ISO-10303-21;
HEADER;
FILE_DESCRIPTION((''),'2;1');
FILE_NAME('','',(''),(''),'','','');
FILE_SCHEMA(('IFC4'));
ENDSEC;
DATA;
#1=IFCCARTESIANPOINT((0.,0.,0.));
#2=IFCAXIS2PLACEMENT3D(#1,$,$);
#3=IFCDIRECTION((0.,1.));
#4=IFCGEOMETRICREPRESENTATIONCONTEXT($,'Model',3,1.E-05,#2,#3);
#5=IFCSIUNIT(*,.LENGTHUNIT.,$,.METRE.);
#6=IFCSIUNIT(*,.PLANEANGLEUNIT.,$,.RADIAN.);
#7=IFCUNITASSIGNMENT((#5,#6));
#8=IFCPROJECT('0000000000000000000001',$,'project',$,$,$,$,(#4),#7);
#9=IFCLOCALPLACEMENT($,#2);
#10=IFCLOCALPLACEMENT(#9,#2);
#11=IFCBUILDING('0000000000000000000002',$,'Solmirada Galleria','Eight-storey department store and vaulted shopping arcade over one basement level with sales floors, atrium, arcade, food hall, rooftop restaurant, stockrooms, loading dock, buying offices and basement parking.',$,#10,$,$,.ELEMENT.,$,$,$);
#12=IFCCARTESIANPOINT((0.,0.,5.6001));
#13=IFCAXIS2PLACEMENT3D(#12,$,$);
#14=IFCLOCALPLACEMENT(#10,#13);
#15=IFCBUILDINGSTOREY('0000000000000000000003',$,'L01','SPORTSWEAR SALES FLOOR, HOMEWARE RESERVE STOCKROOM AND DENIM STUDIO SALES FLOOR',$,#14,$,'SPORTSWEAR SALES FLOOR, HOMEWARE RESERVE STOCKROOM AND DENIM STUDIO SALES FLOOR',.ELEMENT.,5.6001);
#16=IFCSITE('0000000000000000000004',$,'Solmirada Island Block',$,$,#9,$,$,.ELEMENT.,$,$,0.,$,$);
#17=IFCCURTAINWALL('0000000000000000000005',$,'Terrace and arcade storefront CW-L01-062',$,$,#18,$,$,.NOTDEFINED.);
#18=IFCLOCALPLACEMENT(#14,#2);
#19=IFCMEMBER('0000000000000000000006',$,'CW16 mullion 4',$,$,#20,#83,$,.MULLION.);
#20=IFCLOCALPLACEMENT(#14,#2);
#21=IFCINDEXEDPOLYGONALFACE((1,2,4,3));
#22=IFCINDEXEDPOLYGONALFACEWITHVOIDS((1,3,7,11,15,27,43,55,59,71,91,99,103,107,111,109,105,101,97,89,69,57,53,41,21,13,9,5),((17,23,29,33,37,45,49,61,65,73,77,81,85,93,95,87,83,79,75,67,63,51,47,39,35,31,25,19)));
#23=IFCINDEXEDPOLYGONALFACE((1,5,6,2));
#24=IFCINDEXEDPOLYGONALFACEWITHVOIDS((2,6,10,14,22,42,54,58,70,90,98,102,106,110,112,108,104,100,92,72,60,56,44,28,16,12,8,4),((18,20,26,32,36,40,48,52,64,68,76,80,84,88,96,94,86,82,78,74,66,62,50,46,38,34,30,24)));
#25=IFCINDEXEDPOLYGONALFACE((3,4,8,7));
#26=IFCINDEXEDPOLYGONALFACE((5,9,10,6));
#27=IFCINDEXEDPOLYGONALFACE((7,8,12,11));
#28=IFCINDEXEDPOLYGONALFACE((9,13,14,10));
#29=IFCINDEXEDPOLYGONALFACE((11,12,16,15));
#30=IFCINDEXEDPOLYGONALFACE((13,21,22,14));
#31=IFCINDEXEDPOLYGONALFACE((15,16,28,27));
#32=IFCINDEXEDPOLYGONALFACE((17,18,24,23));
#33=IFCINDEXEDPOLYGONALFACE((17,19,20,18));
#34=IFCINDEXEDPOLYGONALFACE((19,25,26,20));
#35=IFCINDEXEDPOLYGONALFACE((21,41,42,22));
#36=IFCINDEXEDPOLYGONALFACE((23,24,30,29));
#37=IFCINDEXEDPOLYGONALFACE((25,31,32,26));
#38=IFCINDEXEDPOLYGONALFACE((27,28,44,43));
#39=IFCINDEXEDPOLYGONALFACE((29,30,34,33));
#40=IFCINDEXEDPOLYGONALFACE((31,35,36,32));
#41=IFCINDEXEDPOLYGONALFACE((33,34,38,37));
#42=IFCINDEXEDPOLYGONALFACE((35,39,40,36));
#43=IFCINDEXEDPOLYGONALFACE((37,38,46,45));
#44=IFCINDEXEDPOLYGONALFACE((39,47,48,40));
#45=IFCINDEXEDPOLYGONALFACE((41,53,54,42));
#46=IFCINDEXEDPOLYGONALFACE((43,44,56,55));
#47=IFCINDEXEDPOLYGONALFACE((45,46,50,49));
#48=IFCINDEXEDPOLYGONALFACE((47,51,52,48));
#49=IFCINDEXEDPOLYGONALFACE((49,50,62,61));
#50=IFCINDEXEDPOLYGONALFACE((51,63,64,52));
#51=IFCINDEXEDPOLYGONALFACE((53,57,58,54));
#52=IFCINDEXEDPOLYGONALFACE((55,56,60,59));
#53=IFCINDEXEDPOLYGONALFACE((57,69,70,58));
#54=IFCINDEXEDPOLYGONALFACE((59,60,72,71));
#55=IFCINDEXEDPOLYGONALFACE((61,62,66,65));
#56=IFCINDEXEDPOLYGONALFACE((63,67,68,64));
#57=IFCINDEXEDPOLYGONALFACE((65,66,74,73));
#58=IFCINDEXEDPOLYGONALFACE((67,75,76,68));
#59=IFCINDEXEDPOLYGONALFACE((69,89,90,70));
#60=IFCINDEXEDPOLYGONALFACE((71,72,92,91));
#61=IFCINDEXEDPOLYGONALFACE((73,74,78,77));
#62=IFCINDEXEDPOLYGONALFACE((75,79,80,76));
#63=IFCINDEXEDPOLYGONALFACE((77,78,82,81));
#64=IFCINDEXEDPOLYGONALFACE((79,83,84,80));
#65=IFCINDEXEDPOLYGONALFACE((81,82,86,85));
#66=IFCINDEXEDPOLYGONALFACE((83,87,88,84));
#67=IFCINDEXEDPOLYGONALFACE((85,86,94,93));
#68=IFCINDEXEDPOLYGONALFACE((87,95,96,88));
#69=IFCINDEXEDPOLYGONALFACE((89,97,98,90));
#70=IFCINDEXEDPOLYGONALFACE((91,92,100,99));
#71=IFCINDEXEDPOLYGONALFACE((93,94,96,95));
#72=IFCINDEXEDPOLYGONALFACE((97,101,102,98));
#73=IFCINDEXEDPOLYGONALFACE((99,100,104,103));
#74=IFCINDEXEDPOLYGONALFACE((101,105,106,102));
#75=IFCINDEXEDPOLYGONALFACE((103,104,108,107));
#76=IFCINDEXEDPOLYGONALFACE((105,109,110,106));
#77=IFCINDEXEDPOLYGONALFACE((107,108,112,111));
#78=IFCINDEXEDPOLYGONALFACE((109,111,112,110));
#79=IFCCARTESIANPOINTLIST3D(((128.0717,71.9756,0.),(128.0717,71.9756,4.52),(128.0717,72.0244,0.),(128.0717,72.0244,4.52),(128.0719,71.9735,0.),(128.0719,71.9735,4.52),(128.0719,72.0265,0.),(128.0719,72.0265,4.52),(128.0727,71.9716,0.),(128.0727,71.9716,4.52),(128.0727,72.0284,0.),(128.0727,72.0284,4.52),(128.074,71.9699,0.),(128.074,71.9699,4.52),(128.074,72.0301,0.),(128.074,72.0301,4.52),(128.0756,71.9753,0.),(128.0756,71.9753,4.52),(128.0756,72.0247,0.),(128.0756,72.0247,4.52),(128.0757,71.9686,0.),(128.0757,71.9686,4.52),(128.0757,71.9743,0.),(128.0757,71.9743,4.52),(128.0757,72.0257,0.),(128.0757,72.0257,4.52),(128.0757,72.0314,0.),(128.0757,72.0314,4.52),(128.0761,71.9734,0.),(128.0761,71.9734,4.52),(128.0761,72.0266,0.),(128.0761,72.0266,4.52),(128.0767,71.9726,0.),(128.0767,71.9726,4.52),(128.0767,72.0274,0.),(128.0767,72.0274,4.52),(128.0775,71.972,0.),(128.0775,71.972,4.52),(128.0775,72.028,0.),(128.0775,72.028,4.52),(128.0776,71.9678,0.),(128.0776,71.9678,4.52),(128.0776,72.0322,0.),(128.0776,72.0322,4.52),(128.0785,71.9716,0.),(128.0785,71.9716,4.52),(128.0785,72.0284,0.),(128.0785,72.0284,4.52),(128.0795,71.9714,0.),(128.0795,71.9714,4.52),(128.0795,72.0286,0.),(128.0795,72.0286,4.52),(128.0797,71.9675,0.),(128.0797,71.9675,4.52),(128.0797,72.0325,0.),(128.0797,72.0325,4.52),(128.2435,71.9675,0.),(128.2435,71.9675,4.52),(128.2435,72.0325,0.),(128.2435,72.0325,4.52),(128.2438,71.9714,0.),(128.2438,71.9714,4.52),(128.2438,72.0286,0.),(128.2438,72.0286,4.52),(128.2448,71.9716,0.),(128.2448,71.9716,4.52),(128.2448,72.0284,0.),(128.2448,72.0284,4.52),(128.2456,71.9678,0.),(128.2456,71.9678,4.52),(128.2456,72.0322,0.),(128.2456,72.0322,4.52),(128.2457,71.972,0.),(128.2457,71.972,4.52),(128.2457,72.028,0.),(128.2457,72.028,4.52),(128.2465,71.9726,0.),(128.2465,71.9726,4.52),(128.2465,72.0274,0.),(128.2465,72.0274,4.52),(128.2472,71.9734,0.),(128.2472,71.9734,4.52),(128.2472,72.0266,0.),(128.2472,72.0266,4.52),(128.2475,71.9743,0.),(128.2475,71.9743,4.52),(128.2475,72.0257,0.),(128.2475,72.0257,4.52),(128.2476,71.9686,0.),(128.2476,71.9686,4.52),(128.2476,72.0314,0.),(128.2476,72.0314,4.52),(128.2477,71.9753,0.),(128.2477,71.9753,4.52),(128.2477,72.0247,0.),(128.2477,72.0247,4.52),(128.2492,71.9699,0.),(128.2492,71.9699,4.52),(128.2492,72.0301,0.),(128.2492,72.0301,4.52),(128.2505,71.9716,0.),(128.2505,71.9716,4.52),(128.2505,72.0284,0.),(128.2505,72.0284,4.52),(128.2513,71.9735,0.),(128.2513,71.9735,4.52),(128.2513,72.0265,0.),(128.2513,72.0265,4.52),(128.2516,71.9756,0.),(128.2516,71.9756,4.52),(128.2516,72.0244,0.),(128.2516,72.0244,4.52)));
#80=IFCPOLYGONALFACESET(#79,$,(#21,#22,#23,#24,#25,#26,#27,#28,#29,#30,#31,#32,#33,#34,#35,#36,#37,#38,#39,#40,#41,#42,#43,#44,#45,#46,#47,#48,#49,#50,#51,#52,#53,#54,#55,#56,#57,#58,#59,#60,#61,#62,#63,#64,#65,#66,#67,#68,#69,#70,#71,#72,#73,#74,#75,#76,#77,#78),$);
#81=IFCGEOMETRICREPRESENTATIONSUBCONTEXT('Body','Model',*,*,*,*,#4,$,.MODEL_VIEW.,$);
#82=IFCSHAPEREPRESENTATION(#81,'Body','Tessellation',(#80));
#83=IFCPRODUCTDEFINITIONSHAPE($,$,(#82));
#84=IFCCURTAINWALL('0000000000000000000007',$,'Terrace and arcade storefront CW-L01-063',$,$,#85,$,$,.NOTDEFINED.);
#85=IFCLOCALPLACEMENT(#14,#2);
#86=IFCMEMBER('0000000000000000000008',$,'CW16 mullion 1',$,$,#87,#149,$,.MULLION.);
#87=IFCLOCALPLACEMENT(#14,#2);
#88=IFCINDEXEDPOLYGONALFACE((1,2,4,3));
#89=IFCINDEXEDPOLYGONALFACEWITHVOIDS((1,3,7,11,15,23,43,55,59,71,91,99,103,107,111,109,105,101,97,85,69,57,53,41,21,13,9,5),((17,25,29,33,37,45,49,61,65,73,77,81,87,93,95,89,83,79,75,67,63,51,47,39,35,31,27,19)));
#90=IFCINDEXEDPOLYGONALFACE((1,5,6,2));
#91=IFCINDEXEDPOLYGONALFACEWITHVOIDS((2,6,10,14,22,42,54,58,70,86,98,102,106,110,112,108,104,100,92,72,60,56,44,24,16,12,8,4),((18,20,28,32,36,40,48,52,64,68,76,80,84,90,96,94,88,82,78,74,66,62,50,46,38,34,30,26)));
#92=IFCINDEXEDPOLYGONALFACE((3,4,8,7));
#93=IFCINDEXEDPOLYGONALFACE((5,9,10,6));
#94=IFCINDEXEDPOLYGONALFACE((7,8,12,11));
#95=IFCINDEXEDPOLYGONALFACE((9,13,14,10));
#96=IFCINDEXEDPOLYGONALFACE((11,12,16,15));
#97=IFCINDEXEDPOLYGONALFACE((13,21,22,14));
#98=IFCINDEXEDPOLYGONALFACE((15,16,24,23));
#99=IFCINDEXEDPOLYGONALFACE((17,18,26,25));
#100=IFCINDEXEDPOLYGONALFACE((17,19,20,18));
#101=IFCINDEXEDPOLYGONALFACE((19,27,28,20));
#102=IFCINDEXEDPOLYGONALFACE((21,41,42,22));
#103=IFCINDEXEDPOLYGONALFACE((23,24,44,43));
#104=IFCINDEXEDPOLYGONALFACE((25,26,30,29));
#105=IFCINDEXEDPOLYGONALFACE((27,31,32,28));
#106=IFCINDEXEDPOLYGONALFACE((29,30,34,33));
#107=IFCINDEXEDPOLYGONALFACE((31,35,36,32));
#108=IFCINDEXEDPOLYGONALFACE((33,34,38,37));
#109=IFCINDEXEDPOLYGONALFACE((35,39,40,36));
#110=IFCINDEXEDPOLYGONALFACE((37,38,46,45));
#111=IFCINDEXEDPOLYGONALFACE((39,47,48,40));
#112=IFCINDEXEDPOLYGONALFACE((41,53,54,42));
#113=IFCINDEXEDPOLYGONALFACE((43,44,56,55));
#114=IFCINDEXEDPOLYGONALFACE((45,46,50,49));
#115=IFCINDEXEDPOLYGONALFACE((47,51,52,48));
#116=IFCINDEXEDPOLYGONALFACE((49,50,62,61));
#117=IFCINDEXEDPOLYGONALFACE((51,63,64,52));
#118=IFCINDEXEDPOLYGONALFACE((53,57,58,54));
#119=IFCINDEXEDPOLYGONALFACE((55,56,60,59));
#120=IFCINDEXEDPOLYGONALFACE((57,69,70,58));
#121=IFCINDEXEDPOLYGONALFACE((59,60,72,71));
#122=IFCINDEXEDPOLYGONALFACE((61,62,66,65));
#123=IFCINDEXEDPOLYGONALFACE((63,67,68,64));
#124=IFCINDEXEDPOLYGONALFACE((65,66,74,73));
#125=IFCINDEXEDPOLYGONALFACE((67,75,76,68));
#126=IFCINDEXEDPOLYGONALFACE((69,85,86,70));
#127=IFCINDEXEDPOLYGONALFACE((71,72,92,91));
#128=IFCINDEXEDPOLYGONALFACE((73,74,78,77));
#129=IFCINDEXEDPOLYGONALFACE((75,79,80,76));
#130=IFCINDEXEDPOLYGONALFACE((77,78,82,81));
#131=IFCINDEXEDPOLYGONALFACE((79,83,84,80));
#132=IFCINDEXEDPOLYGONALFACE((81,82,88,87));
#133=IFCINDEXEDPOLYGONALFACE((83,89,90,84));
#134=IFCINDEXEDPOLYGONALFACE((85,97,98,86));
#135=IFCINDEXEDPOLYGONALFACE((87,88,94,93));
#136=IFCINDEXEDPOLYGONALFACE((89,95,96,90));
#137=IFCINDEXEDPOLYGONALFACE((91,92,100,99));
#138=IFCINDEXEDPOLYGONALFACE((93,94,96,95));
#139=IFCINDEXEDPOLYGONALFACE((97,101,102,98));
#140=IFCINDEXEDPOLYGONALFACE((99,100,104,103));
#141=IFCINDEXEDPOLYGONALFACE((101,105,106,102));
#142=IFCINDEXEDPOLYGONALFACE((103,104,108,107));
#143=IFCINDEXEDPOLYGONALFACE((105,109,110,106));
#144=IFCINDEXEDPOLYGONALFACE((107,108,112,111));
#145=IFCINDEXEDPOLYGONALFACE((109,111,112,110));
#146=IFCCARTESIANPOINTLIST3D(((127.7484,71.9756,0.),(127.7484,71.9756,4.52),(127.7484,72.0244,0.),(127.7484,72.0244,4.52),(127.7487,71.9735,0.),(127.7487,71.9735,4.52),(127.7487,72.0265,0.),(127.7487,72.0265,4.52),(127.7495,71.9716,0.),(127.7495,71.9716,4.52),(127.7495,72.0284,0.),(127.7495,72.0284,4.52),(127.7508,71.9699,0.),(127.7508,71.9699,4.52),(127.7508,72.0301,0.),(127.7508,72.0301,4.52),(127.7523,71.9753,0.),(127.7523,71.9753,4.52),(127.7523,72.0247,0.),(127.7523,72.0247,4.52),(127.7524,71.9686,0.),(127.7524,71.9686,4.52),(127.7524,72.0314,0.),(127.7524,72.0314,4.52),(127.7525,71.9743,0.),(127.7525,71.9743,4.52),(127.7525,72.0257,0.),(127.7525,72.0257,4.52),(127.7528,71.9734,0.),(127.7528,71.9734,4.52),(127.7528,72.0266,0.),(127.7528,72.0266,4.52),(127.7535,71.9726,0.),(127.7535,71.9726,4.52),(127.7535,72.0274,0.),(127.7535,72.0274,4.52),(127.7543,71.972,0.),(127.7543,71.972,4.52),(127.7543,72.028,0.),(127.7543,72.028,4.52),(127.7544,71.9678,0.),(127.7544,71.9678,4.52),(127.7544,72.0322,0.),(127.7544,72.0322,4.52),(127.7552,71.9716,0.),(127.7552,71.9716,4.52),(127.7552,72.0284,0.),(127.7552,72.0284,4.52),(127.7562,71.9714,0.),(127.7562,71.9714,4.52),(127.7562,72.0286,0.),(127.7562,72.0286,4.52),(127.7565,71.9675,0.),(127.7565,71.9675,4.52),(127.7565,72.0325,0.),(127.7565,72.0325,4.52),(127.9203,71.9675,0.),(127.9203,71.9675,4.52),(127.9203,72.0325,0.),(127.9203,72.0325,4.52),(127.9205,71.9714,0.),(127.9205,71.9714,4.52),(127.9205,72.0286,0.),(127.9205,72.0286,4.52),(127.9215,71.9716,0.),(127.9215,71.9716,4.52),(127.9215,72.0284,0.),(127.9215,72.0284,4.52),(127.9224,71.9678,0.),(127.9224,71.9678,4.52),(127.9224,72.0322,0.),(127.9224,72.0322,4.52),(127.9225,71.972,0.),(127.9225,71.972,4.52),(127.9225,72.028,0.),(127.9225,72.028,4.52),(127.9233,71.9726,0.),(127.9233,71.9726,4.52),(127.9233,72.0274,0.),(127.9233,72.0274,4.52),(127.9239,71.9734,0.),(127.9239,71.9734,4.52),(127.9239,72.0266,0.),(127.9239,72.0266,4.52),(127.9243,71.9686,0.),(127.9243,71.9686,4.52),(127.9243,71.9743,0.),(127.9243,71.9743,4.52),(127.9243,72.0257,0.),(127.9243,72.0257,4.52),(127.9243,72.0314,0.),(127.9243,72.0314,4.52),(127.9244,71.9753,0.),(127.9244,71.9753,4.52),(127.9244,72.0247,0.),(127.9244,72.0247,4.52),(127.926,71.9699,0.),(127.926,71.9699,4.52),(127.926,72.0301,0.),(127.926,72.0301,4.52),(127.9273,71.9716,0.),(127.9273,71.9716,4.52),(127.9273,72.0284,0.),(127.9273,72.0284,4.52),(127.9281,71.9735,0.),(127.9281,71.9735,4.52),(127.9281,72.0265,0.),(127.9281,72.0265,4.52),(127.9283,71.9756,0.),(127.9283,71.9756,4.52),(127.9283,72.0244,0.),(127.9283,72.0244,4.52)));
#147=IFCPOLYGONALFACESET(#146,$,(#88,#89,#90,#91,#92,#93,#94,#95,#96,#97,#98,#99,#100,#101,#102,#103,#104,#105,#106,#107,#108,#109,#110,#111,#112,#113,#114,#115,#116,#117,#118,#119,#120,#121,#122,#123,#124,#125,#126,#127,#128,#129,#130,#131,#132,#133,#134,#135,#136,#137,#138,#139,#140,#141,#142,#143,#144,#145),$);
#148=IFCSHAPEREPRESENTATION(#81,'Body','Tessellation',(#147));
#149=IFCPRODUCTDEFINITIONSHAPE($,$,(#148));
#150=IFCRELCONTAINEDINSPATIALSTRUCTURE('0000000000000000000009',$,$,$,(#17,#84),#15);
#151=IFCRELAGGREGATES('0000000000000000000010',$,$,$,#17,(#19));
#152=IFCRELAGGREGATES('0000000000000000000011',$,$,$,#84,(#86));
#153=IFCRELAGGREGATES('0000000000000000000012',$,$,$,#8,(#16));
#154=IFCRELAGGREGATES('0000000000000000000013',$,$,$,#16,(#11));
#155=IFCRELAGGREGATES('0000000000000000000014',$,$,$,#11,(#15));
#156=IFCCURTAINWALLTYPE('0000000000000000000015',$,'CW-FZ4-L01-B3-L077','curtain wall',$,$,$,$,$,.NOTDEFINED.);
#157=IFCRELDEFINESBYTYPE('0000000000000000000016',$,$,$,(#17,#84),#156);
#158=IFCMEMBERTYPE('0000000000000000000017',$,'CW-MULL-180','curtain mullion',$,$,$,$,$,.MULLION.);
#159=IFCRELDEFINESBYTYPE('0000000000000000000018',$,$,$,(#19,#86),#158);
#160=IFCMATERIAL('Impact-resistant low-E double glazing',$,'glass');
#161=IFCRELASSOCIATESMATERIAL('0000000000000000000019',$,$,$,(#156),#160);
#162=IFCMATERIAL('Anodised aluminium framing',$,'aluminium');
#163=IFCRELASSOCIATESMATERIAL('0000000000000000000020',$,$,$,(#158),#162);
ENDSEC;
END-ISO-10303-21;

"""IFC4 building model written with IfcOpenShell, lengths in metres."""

from ifc_helpers import new_model, si_unit, direction, frame, origin, origin_2d, place, context, subcontext, project, spatial, hollow_rectangle, extrude, material, material_profile, profile_set, type_object, element, aggregate, save


model = new_model("IFC4")

# Units and contexts
model_context = context("Model", 3, precision=1e-05, world=origin(), true_north=direction((0.0, 1.0)))
body_context = subcontext(model_context, "Body", "Model", "MODEL_VIEW")
ifc_project = project(units=[si_unit("LENGTHUNIT", "METRE"), si_unit("PLANEANGLEUNIT", "RADIAN")], contexts=[model_context])

# Site, building, storey
site_placement = place(None, origin())
site = spatial("IfcSite", under=ifc_project, at=site_placement, Name="Solmirada Island Block", CompositionType="ELEMENT", RefElevation=0.0)
building_placement = place(site_placement, origin())
building = spatial("IfcBuilding", under=site, at=building_placement, Name="Solmirada Galleria", Description="Eight-storey department store and vaulted shopping arcade over one basement level with sales floors, atrium, arcade, food hall, rooftop restaurant, stockrooms, loading dock, buying offices and basement parking.", CompositionType="ELEMENT")
storey_placement = place(building_placement, frame((0.0, 0.0, 5.6001)))
storey = spatial("IfcBuildingStorey", under=building, at=storey_placement, Name="L01", Description="SPORTSWEAR SALES FLOOR, HOMEWARE RESERVE STOCKROOM AND DENIM STUDIO SALES FLOOR", LongName="SPORTSWEAR SALES FLOOR, HOMEWARE RESERVE STOCKROOM AND DENIM STUDIO SALES FLOOR", CompositionType="ELEMENT", Elevation=5.6001)

# Curtain walls, members
ifc_material_1 = material(Name="Impact-resistant low-E double glazing", Category="glass")
curtain_wall_type = type_object("IfcCurtainWallType", Name="CW-FZ4-L01-B3-L077", Description="curtain wall", PredefinedType="NOTDEFINED", material=ifc_material_1)
curtain_wall_1_placement = place(storey_placement, origin())
curtain_wall_1 = element("IfcCurtainWall", 1, at=curtain_wall_1_placement, inside=storey, type_object=curtain_wall_type, Name="Terrace and arcade storefront CW-L01-062", PredefinedType="NOTDEFINED")
ifc_material_2 = material(Name="Anodised aluminium framing", Category="aluminium")
ifc_material_profile_1 = material_profile(ifc_material_2, hollow_rectangle(XDim=0.0649, YDim=0.1799, WallThickness=0.0039, InnerFilletRadius=0.0039, OuterFilletRadius=0.0081, at=origin_2d()), Name="ALU-MULL-180X65")
ifc_profile_set_1 = profile_set([ifc_material_profile_1], Name="Anodised aluminium framing")
member_type_1 = type_object("IfcMemberType", Name="CW-MULL-180", Description="curtain mullion", PredefinedType="MULLION", material=ifc_profile_set_1)
member_1_placement = place(storey_placement, frame((128.1616, 72.0, 0.0), z_axis=(0.0, 0.0, 1.0), x_axis=(0.0, -1.0, 0.0)))
member_1 = element("IfcMember", 2, at=member_1_placement, type_object=member_type_1, Name="CW16 mullion 4", PredefinedType="MULLION", context=body_context, shape_type="SweptSolid", body=[
    extrude(hollow_rectangle(XDim=0.0649, YDim=0.1799, WallThickness=0.0039, InnerFilletRadius=0.0039, OuterFilletRadius=0.0081, at=origin_2d()), origin(), (0.0, 0.0, 1.0), 4.52),
])
curtain_wall_2_placement = place(storey_placement, origin())
curtain_wall_2 = element("IfcCurtainWall", 3, at=curtain_wall_2_placement, inside=storey, type_object=curtain_wall_type, Name="Terrace and arcade storefront CW-L01-063", PredefinedType="NOTDEFINED")
member_2_placement = place(storey_placement, frame((127.8384, 72.0, 0.0), z_axis=(0.0, 0.0, 1.0), x_axis=(0.0, -1.0, 0.0)))
member_2 = element("IfcMember", 4, at=member_2_placement, type_object=member_type_1, Name="CW16 mullion 1", PredefinedType="MULLION", context=body_context, shape_type="SweptSolid", body=[
    extrude(hollow_rectangle(XDim=0.0649, YDim=0.1799, WallThickness=0.0039, InnerFilletRadius=0.0039, OuterFilletRadius=0.0081, at=origin_2d()), origin(), (0.0, 0.0, 1.0), 4.52),
])

aggregate(curtain_wall_1, [member_1])
aggregate(curtain_wall_2, [member_2])

save(model, "model.ifc")
